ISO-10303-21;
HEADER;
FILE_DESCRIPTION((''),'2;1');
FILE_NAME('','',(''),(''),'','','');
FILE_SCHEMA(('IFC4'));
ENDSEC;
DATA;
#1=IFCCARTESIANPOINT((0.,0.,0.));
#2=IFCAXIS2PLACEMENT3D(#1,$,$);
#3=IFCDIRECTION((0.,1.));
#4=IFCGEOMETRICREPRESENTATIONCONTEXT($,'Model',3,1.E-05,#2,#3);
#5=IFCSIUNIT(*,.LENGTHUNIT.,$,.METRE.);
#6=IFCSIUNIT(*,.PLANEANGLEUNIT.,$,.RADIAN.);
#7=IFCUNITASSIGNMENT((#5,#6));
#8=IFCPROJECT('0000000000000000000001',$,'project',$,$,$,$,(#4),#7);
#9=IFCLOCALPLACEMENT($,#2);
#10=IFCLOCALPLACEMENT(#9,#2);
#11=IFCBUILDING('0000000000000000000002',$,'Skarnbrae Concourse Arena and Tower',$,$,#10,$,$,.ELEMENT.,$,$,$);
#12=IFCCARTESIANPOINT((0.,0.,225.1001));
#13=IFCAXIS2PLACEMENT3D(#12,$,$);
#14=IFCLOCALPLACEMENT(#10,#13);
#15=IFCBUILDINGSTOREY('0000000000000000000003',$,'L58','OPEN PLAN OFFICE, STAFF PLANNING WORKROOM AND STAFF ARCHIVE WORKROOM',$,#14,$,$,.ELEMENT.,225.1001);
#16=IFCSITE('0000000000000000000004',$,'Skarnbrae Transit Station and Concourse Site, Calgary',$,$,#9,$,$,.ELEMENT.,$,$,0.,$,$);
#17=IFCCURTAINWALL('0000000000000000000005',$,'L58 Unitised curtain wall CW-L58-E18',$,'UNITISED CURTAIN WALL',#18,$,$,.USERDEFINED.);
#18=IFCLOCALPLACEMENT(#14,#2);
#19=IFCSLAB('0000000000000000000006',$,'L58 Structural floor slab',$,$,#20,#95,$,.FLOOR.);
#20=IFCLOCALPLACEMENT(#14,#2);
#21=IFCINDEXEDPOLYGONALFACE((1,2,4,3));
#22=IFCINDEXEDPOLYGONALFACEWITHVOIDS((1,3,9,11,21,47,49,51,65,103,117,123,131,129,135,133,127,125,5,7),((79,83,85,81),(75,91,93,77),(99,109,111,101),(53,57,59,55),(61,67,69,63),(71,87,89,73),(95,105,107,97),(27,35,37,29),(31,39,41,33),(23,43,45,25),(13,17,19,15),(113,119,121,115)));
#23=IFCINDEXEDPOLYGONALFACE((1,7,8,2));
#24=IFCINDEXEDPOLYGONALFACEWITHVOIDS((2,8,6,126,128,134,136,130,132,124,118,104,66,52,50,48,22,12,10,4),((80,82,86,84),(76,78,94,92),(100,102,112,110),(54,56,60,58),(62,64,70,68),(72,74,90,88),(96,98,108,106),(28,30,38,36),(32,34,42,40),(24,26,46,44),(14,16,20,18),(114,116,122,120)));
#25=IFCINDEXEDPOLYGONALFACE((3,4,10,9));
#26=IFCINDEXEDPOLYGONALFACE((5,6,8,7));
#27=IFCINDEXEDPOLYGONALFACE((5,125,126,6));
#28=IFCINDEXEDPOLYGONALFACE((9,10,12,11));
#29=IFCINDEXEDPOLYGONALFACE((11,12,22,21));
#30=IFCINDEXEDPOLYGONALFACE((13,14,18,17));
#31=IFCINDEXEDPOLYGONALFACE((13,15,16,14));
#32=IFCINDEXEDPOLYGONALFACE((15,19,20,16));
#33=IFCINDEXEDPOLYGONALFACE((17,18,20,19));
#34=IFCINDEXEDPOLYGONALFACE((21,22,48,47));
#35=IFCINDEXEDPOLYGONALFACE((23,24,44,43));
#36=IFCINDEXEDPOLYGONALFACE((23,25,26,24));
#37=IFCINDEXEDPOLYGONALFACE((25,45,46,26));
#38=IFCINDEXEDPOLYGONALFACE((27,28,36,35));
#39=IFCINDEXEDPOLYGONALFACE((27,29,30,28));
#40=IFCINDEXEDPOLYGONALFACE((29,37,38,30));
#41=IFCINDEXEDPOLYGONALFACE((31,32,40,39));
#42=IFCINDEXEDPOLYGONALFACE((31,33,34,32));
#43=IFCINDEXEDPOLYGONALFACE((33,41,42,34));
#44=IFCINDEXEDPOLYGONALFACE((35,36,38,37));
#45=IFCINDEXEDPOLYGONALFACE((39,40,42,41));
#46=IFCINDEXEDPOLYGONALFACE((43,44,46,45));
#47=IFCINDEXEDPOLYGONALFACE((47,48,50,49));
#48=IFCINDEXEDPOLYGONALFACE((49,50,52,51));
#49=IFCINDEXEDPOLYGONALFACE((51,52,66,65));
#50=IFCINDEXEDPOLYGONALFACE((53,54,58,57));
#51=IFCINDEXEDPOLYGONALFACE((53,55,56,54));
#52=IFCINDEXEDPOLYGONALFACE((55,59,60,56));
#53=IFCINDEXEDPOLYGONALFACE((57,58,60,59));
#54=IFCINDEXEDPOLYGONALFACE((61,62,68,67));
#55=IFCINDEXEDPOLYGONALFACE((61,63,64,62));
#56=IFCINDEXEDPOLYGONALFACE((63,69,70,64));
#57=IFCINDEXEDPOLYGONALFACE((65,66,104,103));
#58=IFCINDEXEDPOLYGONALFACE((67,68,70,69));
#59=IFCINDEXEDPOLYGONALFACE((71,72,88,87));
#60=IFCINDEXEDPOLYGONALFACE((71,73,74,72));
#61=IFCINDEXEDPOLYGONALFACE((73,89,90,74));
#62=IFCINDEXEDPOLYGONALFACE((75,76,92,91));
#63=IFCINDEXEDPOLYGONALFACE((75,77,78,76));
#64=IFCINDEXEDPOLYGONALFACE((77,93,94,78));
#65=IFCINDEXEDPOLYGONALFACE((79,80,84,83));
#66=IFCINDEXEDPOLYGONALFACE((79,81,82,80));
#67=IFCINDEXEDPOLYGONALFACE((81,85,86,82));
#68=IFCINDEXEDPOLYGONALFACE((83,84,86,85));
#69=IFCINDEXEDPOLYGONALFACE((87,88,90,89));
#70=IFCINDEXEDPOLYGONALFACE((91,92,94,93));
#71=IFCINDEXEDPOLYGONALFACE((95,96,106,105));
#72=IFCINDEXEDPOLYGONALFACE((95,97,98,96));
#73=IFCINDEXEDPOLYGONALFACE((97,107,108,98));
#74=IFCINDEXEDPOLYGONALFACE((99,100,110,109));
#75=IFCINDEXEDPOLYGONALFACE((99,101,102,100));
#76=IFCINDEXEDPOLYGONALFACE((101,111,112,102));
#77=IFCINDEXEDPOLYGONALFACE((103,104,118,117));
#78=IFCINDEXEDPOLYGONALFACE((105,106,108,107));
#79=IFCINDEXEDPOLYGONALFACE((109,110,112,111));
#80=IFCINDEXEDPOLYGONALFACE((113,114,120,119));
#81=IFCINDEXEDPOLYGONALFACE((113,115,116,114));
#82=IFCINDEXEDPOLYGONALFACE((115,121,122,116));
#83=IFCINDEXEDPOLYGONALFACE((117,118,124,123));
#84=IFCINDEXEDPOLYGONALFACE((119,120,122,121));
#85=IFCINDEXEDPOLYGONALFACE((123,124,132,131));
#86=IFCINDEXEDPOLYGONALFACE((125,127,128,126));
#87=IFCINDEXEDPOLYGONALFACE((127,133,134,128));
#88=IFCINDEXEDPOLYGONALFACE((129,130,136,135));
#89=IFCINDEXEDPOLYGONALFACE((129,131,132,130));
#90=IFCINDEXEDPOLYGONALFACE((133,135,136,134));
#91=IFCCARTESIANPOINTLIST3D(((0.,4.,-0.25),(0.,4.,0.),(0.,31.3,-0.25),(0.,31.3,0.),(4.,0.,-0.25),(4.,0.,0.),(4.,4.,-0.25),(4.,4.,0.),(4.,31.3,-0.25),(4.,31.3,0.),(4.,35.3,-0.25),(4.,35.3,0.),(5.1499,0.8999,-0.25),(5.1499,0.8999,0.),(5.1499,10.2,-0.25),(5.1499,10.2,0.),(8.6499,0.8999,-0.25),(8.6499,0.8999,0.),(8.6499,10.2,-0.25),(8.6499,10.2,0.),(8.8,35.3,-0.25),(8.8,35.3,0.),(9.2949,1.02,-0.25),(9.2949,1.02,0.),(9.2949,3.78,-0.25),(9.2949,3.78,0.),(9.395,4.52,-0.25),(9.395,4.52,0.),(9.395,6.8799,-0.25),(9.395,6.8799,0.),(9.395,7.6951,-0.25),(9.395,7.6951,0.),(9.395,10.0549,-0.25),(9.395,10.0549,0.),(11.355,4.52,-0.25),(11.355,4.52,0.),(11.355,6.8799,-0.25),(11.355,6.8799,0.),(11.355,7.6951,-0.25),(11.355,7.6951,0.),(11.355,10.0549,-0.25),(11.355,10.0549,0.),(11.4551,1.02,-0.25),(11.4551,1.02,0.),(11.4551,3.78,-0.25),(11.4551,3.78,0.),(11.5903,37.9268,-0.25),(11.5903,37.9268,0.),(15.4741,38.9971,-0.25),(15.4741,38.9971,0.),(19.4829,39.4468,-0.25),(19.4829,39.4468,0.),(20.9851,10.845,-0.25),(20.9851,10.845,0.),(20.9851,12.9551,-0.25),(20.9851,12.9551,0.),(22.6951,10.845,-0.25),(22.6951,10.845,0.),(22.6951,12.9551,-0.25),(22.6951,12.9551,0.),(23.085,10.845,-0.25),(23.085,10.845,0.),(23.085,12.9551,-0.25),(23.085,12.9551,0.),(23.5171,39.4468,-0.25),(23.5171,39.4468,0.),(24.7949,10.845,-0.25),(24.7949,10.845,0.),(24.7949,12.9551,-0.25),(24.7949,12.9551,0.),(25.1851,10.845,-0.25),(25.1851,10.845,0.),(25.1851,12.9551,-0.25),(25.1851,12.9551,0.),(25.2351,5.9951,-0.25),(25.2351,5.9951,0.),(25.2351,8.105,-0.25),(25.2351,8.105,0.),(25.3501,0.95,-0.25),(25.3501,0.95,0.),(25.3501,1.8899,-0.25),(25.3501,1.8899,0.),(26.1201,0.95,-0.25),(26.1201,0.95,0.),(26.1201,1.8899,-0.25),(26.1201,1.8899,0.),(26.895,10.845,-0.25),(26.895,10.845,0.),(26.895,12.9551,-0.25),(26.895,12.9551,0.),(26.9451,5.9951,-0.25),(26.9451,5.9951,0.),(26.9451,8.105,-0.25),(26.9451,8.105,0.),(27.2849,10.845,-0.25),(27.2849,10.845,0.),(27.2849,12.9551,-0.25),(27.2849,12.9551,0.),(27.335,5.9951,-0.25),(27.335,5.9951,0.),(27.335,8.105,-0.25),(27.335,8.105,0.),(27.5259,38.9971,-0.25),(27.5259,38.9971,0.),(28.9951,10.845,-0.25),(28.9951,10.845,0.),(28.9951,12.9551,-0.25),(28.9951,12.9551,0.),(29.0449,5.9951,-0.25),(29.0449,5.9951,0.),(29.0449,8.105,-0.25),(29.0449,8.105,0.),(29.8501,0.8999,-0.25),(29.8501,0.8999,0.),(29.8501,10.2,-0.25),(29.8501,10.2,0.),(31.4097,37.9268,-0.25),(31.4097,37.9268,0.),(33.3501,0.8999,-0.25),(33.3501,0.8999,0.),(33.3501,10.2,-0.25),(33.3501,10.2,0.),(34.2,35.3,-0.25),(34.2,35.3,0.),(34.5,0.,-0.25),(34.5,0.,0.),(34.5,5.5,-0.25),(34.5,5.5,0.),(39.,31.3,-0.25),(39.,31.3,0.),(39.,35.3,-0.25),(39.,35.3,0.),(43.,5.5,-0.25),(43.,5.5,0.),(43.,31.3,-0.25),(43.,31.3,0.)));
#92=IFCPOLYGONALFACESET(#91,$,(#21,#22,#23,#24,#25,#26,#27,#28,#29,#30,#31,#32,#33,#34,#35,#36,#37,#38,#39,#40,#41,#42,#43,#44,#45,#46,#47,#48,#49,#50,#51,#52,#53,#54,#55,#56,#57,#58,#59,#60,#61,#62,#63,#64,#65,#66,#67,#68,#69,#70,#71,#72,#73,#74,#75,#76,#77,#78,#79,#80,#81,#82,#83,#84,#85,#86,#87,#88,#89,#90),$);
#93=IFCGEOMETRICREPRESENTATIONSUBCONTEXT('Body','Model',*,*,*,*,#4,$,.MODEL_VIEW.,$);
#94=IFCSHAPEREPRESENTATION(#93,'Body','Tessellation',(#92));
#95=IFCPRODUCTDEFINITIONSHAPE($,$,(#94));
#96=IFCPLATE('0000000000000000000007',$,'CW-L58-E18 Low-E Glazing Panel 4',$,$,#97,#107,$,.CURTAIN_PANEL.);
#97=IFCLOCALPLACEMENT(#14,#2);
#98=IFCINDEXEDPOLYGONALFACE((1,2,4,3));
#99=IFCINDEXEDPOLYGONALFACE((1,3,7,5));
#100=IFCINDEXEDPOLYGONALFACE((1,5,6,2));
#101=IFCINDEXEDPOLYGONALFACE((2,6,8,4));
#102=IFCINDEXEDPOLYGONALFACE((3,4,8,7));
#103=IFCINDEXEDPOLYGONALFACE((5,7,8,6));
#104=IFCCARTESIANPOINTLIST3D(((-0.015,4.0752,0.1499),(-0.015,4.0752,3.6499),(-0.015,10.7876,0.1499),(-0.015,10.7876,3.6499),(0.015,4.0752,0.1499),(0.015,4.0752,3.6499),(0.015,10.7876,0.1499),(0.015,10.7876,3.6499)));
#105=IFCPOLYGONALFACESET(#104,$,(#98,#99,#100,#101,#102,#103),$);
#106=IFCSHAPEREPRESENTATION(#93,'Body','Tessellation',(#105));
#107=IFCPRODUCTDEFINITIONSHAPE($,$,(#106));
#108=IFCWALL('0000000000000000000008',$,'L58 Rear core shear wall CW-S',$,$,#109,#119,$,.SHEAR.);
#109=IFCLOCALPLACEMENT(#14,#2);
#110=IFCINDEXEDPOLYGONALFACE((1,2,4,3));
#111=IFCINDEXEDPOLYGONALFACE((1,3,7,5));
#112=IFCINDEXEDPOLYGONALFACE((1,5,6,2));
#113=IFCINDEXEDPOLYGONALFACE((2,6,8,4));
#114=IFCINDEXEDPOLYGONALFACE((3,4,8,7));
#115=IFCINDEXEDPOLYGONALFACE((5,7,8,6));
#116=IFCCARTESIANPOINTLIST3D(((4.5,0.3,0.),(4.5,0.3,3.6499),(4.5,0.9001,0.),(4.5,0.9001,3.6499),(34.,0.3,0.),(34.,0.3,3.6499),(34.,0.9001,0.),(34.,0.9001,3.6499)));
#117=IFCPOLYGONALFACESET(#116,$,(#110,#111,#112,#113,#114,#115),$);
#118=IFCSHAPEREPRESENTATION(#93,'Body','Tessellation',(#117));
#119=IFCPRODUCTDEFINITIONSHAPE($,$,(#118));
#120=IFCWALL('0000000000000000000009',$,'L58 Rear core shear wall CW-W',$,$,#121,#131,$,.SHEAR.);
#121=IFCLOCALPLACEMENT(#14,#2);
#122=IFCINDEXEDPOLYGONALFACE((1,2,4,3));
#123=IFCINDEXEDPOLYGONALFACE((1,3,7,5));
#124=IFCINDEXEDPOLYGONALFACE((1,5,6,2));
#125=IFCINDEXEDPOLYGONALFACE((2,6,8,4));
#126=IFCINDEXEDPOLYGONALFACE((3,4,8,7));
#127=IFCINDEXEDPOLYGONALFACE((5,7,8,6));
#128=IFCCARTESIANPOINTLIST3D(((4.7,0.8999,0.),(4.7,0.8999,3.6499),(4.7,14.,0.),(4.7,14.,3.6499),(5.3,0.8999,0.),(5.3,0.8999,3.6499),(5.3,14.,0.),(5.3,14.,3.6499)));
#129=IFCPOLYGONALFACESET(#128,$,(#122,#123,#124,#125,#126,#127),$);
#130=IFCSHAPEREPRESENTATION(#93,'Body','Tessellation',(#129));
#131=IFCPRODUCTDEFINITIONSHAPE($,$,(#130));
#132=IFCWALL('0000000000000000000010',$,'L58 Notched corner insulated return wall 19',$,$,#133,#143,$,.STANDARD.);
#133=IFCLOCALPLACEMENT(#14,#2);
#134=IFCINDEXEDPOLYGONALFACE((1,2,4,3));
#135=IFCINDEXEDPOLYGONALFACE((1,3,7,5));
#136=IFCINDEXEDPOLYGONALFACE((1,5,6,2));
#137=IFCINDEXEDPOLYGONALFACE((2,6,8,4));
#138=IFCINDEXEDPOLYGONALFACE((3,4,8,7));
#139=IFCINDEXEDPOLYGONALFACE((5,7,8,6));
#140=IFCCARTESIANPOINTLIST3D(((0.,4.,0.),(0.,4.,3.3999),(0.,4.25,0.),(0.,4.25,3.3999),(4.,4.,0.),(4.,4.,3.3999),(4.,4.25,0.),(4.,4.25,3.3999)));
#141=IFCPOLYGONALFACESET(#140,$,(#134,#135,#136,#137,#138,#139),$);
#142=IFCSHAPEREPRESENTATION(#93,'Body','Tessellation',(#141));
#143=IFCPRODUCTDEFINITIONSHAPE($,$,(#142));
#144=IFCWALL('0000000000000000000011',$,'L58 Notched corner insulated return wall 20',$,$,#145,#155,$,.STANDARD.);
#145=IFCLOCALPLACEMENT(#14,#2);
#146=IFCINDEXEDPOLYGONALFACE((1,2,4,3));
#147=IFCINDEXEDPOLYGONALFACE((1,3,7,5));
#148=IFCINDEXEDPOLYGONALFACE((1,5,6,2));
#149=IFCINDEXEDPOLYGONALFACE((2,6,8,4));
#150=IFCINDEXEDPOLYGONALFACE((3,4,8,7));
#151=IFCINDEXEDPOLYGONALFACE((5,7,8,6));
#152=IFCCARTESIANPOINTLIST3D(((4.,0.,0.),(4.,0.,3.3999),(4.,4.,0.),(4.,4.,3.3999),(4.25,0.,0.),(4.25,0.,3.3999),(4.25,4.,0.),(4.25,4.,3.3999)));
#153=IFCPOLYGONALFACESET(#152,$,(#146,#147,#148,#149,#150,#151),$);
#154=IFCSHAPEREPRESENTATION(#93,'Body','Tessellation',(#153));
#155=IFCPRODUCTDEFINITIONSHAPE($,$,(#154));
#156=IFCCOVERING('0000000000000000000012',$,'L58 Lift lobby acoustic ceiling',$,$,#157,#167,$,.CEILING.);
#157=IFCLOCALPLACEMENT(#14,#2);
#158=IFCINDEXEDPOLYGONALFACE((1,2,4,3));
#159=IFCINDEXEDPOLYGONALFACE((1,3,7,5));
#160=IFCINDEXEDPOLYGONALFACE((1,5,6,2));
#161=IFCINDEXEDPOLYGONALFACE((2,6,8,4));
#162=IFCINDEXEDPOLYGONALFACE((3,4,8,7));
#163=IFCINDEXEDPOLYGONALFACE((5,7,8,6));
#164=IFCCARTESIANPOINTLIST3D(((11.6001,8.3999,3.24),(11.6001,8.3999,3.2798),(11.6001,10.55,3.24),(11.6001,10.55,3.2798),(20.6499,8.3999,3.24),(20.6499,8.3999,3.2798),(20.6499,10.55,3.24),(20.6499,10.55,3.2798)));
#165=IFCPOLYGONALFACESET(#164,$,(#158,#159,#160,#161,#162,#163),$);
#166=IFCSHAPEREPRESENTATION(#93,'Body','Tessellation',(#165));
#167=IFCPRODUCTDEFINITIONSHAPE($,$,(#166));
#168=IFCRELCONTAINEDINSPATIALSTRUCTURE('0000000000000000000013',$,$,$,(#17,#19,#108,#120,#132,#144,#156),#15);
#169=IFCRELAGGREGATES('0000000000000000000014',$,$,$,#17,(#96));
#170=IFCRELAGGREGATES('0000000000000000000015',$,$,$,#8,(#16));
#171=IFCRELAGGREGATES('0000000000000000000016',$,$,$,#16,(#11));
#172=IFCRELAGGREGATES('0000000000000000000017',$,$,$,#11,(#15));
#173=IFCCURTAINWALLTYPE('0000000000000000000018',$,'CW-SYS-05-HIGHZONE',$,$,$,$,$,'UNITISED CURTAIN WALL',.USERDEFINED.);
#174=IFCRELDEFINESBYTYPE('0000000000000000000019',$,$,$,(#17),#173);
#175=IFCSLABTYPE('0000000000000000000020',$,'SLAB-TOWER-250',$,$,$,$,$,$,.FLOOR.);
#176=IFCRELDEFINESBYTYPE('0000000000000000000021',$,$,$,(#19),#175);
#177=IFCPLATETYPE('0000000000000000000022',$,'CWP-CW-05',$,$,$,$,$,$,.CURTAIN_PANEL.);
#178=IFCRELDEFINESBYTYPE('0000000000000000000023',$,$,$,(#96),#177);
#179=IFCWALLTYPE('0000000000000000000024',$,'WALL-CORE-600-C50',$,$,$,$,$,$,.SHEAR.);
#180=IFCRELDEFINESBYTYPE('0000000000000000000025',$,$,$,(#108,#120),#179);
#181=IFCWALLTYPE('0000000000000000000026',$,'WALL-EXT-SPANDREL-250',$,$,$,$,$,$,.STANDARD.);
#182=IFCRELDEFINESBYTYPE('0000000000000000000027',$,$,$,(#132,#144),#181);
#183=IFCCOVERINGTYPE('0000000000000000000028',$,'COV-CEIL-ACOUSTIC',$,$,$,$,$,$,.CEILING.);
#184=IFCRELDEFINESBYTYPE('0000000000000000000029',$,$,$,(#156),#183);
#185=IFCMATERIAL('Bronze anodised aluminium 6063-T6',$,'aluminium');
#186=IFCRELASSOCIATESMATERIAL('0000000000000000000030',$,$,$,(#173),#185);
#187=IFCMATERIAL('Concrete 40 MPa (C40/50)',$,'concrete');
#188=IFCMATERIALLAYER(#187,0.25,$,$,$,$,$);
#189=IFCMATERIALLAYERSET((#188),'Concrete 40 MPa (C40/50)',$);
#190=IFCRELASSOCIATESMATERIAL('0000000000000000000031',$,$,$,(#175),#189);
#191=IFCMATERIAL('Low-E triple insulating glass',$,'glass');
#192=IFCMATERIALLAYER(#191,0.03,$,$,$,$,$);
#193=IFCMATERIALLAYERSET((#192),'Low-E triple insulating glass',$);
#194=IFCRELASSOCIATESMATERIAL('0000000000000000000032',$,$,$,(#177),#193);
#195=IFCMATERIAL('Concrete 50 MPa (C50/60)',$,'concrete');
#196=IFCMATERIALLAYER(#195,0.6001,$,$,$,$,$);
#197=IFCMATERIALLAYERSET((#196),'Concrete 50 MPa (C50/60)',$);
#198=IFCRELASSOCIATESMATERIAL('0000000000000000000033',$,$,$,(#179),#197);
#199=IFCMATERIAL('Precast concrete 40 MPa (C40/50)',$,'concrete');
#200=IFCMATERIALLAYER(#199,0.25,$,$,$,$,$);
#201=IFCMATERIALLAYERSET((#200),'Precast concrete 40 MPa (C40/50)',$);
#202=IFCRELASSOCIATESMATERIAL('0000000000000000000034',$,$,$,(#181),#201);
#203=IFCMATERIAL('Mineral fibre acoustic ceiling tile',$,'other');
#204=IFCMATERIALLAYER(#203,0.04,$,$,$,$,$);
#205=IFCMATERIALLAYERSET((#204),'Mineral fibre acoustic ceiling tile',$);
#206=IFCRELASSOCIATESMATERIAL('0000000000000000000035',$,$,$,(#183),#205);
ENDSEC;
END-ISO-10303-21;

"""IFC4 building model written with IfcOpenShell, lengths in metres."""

from ifc_helpers import new_model, si_unit, direction, frame, frame_2d, origin, origin_2d, place, context, subcontext, project, spatial, polyline, rectangle, outline, extrude, source, transform, mapped, material, layer, layer_set, type_object, element, aggregate, save


model = new_model("IFC4")

# Units and contexts
model_context = context("Model", 3, precision=1e-05, world=origin(), true_north=direction((0.0, 1.0)))
body_context = subcontext(model_context, "Body", "Model", "MODEL_VIEW")
ifc_project = project(units=[si_unit("LENGTHUNIT", "METRE"), si_unit("PLANEANGLEUNIT", "RADIAN")], contexts=[model_context])

# Site, building, storey
site_placement = place(None, origin())
site = spatial("IfcSite", under=ifc_project, at=site_placement, Name="Skarnbrae Transit Station and Concourse Site, Calgary", CompositionType="ELEMENT", RefElevation=0.0)
building_placement = place(site_placement, origin())
building = spatial("IfcBuilding", under=site, at=building_placement, Name="Skarnbrae Concourse Arena and Tower", CompositionType="ELEMENT")
storey_placement = place(building_placement, frame((0.0, 0.0, 225.1001)))
storey = spatial("IfcBuildingStorey", under=building, at=storey_placement, Name="L58", Description="OPEN PLAN OFFICE, STAFF PLANNING WORKROOM AND STAFF ARCHIVE WORKROOM", CompositionType="ELEMENT", Elevation=225.1001)

# Curtain wall
ifc_material_1 = material(Name="Bronze anodised aluminium 6063-T6", Category="aluminium")
curtain_wall_type = type_object("IfcCurtainWallType", Name="CW-SYS-05-HIGHZONE", ElementType="UNITISED CURTAIN WALL", PredefinedType="USERDEFINED", material=ifc_material_1)
curtain_wall_placement = place(storey_placement, origin())
curtain_wall = element("IfcCurtainWall", 1, at=curtain_wall_placement, inside=storey, type_object=curtain_wall_type, Name="L58 Unitised curtain wall CW-L58-E18", ObjectType="UNITISED CURTAIN WALL", PredefinedType="USERDEFINED")

# Shared definitions
ifc_material_2 = material(Name="Concrete 40 MPa (C40/50)", Category="concrete")

# Slab
ifc_layer_1 = layer(ifc_material_2, 0.25)
ifc_layer_set_1 = layer_set([ifc_layer_1], Name="Concrete 40 MPa (C40/50)")
slab_type_1 = type_object("IfcSlabType", Name="SLAB-TOWER-250", PredefinedType="FLOOR", material=ifc_layer_set_1)
slab_1_placement = place(storey_placement, frame((0.0, 0.0, -0.25)))
element("IfcSlab", 2, at=slab_1_placement, inside=storey, type_object=slab_type_1, Name="L58 Structural floor slab", PredefinedType="FLOOR", context=body_context, shape_type="SweptSolid", body=[
    extrude(outline(polyline([(4.0, 0.0), (34.5, 0.0), (34.5, 5.5), (43.0, 5.5), (43.0, 31.3), (39.0, 31.3), (39.0, 35.3), (34.2, 35.3), (31.4097, 37.9268), (27.5259, 38.9971), (23.5171, 39.4468), (19.4829, 39.4468), (15.4741, 38.9971), (11.5903, 37.9268), (8.8, 35.3), (4.0, 35.3), (4.0, 31.3), (0.0, 31.3), (0.0, 4.0), (4.0, 4.0), (4.0, 0.0)]), holes=[polyline([(9.2949, 1.02), (9.2949, 3.78), (11.4551, 3.78), (11.4551, 1.02), (9.2949, 1.02)]), polyline([(8.6499, 10.2), (8.6499, 0.8999), (5.1499, 0.8999), (5.1499, 10.2), (8.6499, 10.2)]), polyline([(9.395, 6.8799), (11.355, 6.8799), (11.355, 4.52), (9.395, 4.52), (9.395, 6.8799)]), polyline([(9.395, 7.6951), (9.395, 10.0549), (11.355, 10.0549), (11.355, 7.6951), (9.395, 7.6951)]), polyline([(20.9851, 12.9551), (22.6951, 12.9551), (22.6951, 10.845), (20.9851, 10.845), (20.9851, 12.9551)]), polyline([(23.085, 12.9551), (24.7949, 12.9551), (24.7949, 10.845), (23.085, 10.845), (23.085, 12.9551)]), polyline([(25.3501, 0.95), (25.3501, 1.8899), (26.1201, 1.8899), (26.1201, 0.95), (25.3501, 0.95)]), polyline([(33.3501, 10.2), (33.3501, 0.8999), (29.8501, 0.8999), (29.8501, 10.2), (33.3501, 10.2)]), polyline([(25.2351, 8.105), (26.9451, 8.105), (26.9451, 5.9951), (25.2351, 5.9951), (25.2351, 8.105)]), polyline([(27.335, 5.9951), (27.335, 8.105), (29.0449, 8.105), (29.0449, 5.9951), (27.335, 5.9951)]), polyline([(25.1851, 12.9551), (26.895, 12.9551), (26.895, 10.845), (25.1851, 10.845), (25.1851, 12.9551)]), polyline([(27.2849, 12.9551), (28.9951, 12.9551), (28.9951, 10.845), (27.2849, 10.845), (27.2849, 12.9551)])]), origin(), (0.0, 0.0, 1.0), 0.25),
])

# Plate
ifc_material_3 = material(Name="Low-E triple insulating glass", Category="glass")
ifc_layer_2 = layer(ifc_material_3, 0.03)
ifc_layer_set_2 = layer_set([ifc_layer_2], Name="Low-E triple insulating glass")
plate_type = type_object("IfcPlateType", Name="CWP-CW-05", PredefinedType="CURTAIN_PANEL", material=ifc_layer_set_2)
shared_shape_1 = source(origin(), body_context, "Body", "SweptSolid", [
    extrude(rectangle(XDim=6.7124, YDim=0.03, at=origin_2d()), origin(), (0.0, 0.0, 1.0), 3.5),
])
plate_placement = place(storey_placement, frame((0.0, 7.4314, 0.1499), z_axis=(0.0, 0.0, 1.0), x_axis=(0.0, -1.0, 0.0)))
plate = element("IfcPlate", 3, at=plate_placement, type_object=plate_type, Name="CW-L58-E18 Low-E Glazing Panel 4", PredefinedType="CURTAIN_PANEL", context=body_context, shape_type="MappedRepresentation", body=[
    mapped(shared_shape_1, transform((0.0, 0.0, 0.0))),
])
aggregate(curtain_wall, [plate])

# Shared definitions
ifc_material_4 = material(Name="Concrete 50 MPa (C50/60)", Category="concrete")

# Walls
ifc_layer_3 = layer(ifc_material_4, 0.6001)
ifc_layer_set_3 = layer_set([ifc_layer_3], Name="Concrete 50 MPa (C50/60)")
wall_type_1 = type_object("IfcWallType", Name="WALL-CORE-600-C50", PredefinedType="SHEAR", material=ifc_layer_set_3)
shared_shape_2 = source(origin(), body_context, "Body", "SweptSolid", [
    extrude(rectangle(XDim=29.5, YDim=0.6001, at=frame_2d((14.75, 0.0))), origin(), (0.0, 0.0, 1.0), 3.6499),
])
wall_1_placement = place(storey_placement, frame((4.5, 0.6001, 0.0), z_axis=(0.0, 0.0, 1.0), x_axis=(1.0, 0.0, 0.0)))
element("IfcWall", 4, at=wall_1_placement, inside=storey, type_object=wall_type_1, Name="L58 Rear core shear wall CW-S", PredefinedType="SHEAR", context=body_context, shape_type="MappedRepresentation", body=[
    mapped(shared_shape_2, transform((0.0, 0.0, 0.0))),
])
shared_shape_3 = source(origin(), body_context, "Body", "SweptSolid", [
    extrude(rectangle(XDim=13.1001, YDim=0.6001, at=frame_2d((6.55, 0.0))), origin(), (0.0, 0.0, 1.0), 3.6499),
])
wall_2_placement = place(storey_placement, frame((5.0, 0.8999, 0.0), z_axis=(0.0, 0.0, 1.0), x_axis=(0.0, 1.0, 0.0)))
element("IfcWall", 5, at=wall_2_placement, inside=storey, type_object=wall_type_1, Name="L58 Rear core shear wall CW-W", PredefinedType="SHEAR", context=body_context, shape_type="MappedRepresentation", body=[
    mapped(shared_shape_3, transform((0.0, 0.0, 0.0))),
])
ifc_material_5 = material(Name="Precast concrete 40 MPa (C40/50)", Category="concrete")
ifc_layer_4 = layer(ifc_material_5, 0.25)
ifc_layer_set_4 = layer_set([ifc_layer_4], Name="Precast concrete 40 MPa (C40/50)")
wall_type_2 = type_object("IfcWallType", Name="WALL-EXT-SPANDREL-250", PredefinedType="STANDARD", material=ifc_layer_set_4)
shared_shape_4 = source(origin(), body_context, "Body", "SweptSolid", [
    extrude(rectangle(XDim=4.0, YDim=0.25, at=frame_2d((2.0, 0.0))), origin(), (0.0, 0.0, 1.0), 3.3999),
])
for number, where, z_axis, x_axis, name in (
    (6, (0.0, 4.125, 0.0), (0.0, 0.0, 1.0), (1.0, 0.0, 0.0), "L58 Notched corner insulated return wall 19"),
    (7, (4.125, 4.0, 0.0), (0.0, 0.0, 1.0), (0.0, -1.0, 0.0), "L58 Notched corner insulated return wall 20"),
):
    element("IfcWall", number, at=place(storey_placement, frame(where, z_axis=z_axis, x_axis=x_axis)), inside=storey, type_object=wall_type_2, Name=name, PredefinedType="STANDARD", context=body_context, shape_type="MappedRepresentation", body=[
        mapped(shared_shape_4, transform((0.0, 0.0, 0.0))),
    ])

# Covering
ifc_material_6 = material(Name="Mineral fibre acoustic ceiling tile", Category="other")
ifc_layer_5 = layer(ifc_material_6, 0.04)
ifc_layer_set_5 = layer_set([ifc_layer_5], Name="Mineral fibre acoustic ceiling tile")
covering_type_1 = type_object("IfcCoveringType", Name="COV-CEIL-ACOUSTIC", PredefinedType="CEILING", material=ifc_layer_set_5)
covering_1_placement = place(storey_placement, frame((0.0, 0.0, 3.24)))
element("IfcCovering", 8, at=covering_1_placement, inside=storey, type_object=covering_type_1, Name="L58 Lift lobby acoustic ceiling", PredefinedType="CEILING", context=body_context, shape_type="SweptSolid", body=[
    extrude(outline(polyline([(11.6001, 8.3999), (20.6499, 8.3999), (20.6499, 10.55), (11.6001, 10.55), (11.6001, 8.3999)])), origin(), (0.0, 0.0, 1.0), 0.0398),
])

save(model, "model.ifc")
